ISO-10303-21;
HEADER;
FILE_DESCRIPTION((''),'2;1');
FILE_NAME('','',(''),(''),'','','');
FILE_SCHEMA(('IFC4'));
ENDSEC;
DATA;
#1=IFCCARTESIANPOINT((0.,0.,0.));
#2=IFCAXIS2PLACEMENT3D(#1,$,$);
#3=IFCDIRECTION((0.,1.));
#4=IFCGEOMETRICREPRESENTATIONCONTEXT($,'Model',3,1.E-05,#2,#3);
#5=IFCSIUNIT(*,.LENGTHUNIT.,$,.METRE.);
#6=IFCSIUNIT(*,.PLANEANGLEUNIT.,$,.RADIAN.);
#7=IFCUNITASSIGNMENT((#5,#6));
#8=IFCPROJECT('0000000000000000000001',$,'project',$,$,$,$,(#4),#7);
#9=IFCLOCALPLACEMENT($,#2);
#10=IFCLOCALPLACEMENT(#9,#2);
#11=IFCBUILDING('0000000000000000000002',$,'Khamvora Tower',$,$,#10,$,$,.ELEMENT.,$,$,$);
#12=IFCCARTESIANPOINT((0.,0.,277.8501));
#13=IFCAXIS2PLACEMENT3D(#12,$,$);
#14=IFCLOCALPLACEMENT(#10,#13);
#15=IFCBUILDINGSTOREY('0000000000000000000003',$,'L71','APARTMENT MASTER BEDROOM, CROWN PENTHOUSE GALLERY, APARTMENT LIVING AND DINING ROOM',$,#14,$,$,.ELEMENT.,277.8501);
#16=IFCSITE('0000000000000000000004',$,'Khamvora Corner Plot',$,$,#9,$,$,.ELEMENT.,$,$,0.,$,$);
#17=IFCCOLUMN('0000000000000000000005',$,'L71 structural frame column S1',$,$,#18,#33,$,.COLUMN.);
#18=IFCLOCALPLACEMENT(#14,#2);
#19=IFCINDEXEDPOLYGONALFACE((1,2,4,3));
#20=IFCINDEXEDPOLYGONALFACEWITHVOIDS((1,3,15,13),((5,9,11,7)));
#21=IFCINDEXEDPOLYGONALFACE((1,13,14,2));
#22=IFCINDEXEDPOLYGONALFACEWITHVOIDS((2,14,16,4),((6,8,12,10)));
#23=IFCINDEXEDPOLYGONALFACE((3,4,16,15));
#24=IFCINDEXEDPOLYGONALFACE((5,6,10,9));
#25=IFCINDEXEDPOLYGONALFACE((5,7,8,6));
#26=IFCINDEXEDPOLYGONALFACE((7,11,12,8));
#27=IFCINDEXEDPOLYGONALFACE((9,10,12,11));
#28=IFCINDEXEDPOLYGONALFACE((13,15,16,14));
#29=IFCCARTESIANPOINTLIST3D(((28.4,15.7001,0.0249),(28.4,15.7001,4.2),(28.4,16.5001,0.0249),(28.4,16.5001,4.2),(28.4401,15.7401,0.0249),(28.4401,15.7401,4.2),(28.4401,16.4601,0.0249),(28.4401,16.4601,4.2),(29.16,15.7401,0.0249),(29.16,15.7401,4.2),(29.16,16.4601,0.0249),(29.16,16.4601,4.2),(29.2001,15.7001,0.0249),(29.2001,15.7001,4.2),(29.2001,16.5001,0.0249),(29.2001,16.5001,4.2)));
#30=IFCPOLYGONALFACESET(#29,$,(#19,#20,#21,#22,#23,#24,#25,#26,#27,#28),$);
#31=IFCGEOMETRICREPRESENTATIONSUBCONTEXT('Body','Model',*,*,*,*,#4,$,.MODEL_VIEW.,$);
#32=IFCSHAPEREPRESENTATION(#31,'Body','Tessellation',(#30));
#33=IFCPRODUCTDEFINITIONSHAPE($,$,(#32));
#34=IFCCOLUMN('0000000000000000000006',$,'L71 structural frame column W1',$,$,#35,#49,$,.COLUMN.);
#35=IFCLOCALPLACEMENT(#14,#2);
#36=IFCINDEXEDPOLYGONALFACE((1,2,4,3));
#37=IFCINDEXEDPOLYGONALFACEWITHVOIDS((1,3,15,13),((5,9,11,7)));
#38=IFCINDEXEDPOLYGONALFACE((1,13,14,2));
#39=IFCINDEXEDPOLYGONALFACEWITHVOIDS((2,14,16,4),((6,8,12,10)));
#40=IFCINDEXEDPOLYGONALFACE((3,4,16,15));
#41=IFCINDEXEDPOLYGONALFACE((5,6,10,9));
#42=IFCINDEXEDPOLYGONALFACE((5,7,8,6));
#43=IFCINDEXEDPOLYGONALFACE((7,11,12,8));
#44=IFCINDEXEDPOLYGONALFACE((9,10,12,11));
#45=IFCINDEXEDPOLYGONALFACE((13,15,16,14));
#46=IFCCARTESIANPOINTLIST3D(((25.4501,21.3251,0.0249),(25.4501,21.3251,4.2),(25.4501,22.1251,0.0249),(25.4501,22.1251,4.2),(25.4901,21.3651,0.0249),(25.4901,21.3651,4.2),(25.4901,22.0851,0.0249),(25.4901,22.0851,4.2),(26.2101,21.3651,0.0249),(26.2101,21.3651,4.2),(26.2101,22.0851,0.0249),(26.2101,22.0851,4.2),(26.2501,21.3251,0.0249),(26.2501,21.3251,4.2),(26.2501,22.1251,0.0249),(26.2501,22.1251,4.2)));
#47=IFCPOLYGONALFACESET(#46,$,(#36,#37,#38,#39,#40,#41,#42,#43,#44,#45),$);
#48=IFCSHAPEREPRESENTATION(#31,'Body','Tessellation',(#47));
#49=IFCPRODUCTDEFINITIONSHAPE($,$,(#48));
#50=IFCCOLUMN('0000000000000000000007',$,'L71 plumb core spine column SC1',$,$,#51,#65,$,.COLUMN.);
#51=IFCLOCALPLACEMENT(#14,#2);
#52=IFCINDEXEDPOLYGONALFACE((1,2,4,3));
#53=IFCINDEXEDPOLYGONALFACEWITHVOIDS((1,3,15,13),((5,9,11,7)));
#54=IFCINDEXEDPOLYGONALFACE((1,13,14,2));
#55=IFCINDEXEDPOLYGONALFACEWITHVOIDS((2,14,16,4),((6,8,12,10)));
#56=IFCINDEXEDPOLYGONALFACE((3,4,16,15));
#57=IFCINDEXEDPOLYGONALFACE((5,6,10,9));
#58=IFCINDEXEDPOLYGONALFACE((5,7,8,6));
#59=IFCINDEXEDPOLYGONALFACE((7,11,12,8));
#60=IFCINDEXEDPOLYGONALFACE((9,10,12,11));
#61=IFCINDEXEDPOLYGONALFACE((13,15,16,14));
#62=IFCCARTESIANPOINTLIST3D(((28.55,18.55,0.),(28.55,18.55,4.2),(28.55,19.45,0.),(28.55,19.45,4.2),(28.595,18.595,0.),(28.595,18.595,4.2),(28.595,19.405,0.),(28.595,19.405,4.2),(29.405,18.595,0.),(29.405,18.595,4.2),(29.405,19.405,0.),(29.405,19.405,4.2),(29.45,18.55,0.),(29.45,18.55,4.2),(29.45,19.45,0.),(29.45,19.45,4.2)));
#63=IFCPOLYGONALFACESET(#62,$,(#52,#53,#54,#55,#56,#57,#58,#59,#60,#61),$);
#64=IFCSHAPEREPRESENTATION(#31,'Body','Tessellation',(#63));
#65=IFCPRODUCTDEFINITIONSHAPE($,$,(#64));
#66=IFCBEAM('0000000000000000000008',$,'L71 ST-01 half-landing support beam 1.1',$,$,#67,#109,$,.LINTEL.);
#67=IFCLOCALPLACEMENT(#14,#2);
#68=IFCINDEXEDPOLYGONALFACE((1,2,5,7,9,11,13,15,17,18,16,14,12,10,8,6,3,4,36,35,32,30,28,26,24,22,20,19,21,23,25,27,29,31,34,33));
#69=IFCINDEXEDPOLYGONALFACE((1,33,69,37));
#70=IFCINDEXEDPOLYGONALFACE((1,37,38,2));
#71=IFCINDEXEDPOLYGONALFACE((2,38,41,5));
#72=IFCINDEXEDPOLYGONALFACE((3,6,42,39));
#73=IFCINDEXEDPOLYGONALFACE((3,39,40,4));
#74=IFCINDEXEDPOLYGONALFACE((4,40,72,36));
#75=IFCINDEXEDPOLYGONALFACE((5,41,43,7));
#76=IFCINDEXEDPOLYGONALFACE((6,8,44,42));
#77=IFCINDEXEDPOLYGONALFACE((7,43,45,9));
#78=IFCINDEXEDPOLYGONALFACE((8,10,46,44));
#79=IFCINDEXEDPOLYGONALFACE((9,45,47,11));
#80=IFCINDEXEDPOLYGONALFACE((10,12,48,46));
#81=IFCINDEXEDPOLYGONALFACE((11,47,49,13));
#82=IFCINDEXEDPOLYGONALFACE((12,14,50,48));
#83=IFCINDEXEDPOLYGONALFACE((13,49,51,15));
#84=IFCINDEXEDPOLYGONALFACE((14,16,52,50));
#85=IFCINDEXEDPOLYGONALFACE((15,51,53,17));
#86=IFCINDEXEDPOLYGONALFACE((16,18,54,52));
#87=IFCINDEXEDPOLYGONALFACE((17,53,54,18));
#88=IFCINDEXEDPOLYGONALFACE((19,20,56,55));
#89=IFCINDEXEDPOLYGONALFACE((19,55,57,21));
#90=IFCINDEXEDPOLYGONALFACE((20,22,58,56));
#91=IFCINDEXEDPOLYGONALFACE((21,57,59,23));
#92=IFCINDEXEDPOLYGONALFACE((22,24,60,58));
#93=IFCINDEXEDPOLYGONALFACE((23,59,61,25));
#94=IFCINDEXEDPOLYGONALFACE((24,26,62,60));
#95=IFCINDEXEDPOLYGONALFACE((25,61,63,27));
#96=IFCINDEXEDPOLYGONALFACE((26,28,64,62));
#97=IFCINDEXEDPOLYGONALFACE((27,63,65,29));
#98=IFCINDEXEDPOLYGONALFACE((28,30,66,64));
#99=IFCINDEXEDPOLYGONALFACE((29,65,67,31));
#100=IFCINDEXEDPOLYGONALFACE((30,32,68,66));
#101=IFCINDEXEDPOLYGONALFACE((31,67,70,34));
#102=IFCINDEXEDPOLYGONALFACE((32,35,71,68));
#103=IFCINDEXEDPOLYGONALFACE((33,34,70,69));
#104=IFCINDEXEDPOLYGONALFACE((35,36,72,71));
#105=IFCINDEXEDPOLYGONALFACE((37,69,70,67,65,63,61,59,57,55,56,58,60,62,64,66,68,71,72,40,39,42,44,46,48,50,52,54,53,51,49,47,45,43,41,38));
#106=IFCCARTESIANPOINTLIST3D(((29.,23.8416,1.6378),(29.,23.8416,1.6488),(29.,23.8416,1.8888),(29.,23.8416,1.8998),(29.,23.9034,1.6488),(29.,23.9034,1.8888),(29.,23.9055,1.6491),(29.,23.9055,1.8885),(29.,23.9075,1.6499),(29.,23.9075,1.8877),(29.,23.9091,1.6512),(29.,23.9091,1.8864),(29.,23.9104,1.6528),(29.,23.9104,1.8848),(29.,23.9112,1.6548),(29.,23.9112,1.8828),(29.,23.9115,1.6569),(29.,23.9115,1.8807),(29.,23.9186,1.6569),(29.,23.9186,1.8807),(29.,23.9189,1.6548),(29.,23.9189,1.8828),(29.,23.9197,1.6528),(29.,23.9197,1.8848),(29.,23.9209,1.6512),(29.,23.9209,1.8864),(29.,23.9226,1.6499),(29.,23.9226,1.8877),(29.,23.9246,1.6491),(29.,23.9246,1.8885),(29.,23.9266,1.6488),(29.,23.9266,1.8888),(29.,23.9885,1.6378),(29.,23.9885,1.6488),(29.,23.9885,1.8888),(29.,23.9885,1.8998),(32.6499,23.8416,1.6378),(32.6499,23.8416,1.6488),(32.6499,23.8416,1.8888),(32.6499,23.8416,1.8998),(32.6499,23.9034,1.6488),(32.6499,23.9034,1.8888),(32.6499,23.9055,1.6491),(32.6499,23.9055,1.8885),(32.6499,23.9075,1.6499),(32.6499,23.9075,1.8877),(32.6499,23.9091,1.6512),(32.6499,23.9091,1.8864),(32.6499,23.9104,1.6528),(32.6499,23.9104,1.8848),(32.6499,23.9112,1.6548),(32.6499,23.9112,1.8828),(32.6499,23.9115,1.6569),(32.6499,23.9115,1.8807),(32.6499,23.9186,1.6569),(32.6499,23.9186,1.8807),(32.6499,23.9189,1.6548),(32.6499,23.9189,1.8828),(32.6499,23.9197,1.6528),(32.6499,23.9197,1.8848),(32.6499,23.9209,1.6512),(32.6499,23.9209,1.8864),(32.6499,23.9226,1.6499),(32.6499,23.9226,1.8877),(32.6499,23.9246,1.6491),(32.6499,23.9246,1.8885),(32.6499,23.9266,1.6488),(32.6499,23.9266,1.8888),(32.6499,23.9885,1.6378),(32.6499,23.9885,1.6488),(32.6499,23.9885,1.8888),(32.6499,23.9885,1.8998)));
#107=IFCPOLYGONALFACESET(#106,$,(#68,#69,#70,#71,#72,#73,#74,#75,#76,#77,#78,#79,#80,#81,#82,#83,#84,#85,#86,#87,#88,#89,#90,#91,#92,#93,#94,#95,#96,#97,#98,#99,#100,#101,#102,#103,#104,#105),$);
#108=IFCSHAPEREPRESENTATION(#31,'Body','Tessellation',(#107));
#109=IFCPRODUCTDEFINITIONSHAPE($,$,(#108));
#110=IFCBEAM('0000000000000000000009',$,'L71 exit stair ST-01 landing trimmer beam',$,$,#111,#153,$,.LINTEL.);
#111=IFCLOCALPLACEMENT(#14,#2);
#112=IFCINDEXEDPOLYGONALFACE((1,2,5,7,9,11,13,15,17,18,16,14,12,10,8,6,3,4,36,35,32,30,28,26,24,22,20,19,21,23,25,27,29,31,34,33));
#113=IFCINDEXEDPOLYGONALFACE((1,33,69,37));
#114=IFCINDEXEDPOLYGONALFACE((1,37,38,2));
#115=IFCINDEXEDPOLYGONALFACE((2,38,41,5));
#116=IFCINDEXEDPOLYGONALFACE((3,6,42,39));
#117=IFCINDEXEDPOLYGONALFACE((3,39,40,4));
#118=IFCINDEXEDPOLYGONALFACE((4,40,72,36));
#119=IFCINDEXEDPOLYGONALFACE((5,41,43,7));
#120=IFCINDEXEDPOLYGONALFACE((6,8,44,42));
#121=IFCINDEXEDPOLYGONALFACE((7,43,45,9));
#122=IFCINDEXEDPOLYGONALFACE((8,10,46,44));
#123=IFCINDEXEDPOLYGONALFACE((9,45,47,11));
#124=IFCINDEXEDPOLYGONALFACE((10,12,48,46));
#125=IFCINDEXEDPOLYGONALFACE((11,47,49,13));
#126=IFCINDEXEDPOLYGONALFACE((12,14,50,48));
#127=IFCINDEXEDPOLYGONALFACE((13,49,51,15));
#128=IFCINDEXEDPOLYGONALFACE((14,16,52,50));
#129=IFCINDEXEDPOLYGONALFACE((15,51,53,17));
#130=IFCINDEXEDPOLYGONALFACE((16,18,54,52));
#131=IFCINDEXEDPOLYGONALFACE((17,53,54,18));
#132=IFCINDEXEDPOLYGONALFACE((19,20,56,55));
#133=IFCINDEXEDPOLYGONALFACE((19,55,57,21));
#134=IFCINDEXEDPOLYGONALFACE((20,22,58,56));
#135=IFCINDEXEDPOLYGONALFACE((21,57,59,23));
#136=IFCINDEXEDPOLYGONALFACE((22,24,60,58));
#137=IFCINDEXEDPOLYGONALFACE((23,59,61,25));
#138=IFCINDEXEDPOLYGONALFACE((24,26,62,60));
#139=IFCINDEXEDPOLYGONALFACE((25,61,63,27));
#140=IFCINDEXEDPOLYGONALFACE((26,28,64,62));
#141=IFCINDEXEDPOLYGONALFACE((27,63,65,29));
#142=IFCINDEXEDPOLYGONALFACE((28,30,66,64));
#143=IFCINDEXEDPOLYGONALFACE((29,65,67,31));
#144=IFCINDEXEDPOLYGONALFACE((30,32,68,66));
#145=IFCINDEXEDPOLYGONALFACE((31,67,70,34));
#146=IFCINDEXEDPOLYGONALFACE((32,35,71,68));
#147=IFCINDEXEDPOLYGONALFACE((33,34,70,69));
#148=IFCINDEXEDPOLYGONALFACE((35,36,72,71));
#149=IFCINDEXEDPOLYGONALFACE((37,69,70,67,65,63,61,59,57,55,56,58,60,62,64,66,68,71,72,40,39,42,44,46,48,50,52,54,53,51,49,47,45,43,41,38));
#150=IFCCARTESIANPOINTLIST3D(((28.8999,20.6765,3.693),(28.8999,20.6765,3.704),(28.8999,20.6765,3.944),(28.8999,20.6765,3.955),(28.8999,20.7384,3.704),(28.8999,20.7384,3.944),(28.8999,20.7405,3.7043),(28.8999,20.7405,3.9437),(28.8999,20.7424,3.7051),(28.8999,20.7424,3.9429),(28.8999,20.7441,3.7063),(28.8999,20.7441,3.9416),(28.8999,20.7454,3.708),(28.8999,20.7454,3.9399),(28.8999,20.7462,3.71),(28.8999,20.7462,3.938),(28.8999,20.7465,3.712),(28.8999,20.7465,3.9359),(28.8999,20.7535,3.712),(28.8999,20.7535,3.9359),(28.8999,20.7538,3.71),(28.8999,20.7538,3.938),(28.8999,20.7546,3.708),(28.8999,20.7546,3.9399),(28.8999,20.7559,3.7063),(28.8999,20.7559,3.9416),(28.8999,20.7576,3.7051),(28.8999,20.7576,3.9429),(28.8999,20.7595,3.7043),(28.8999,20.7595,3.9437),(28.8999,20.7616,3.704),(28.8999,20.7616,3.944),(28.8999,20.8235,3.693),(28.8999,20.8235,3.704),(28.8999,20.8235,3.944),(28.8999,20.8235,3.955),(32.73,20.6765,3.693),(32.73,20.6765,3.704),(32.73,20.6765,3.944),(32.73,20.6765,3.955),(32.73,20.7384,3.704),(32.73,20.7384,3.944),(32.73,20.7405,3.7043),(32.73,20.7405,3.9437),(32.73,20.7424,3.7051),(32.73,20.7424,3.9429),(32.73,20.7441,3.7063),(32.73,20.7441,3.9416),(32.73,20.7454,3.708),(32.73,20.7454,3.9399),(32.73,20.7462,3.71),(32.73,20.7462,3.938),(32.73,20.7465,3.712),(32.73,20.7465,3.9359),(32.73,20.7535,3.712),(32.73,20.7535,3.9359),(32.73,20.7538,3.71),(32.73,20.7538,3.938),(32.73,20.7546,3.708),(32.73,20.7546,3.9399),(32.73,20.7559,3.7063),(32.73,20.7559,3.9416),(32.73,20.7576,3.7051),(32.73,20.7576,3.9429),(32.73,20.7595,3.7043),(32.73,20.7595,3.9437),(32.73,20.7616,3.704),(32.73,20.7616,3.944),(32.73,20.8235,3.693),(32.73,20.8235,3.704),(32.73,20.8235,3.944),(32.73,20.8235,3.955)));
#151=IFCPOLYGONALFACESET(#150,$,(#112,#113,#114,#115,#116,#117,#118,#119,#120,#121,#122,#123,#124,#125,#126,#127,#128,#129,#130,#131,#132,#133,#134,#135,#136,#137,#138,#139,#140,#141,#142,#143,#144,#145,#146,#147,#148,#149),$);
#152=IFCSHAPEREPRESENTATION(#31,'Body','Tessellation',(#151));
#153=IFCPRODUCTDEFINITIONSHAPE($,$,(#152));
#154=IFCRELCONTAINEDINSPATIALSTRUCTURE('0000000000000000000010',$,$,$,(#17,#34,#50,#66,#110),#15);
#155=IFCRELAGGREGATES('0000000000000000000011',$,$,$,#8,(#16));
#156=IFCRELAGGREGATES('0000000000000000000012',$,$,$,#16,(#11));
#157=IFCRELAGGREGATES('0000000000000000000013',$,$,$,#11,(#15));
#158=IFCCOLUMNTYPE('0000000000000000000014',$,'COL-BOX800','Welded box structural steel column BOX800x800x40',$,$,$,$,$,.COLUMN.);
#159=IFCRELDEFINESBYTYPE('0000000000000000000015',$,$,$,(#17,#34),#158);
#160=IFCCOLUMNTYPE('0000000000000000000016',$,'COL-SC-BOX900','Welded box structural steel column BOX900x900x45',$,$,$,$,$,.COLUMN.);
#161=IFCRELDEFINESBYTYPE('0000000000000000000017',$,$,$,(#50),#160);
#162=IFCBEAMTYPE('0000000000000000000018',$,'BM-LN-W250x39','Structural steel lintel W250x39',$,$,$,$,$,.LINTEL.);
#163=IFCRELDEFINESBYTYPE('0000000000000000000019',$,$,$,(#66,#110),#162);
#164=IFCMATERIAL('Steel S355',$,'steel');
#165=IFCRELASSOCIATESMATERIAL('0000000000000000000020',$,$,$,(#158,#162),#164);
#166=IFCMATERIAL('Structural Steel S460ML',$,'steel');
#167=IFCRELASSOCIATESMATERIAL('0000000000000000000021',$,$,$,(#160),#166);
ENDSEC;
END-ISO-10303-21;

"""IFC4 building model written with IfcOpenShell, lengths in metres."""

from ifc_helpers import new_model, si_unit, direction, frame, origin, origin_2d, place, context, subcontext, project, spatial, hollow_rectangle, i_section, extrude, material, material_profile, profile_set, type_object, element, save


model = new_model("IFC4")

# Units and contexts
model_context = context("Model", 3, precision=1e-05, world=origin(), true_north=direction((0.0, 1.0)))
body_context = subcontext(model_context, "Body", "Model", "MODEL_VIEW")
ifc_project = project(units=[si_unit("LENGTHUNIT", "METRE"), si_unit("PLANEANGLEUNIT", "RADIAN")], contexts=[model_context])

# Site, building, storey
site_placement = place(None, origin())
site = spatial("IfcSite", under=ifc_project, at=site_placement, Name="Khamvora Corner Plot", CompositionType="ELEMENT", RefElevation=0.0)
building_placement = place(site_placement, origin())
building = spatial("IfcBuilding", under=site, at=building_placement, Name="Khamvora Tower", CompositionType="ELEMENT")
storey_placement = place(building_placement, frame((0.0, 0.0, 277.8501)))
storey = spatial("IfcBuildingStorey", under=building, at=storey_placement, Name="L71", Description="APARTMENT MASTER BEDROOM, CROWN PENTHOUSE GALLERY, APARTMENT LIVING AND DINING ROOM", CompositionType="ELEMENT", Elevation=277.8501)

# Columns
ifc_material_1 = material(Name="Steel S355", Category="steel")
ifc_material_profile_1 = material_profile(ifc_material_1, hollow_rectangle(XDim=0.8, YDim=0.8, WallThickness=0.04, at=origin_2d()), Name="BOX800x800x40")
ifc_profile_set_1 = profile_set([ifc_material_profile_1], Name="Steel S355")
column_type_1 = type_object("IfcColumnType", Name="COL-BOX800", Description="Welded box structural steel column BOX800x800x40", PredefinedType="COLUMN", material=ifc_profile_set_1)
for number, where, z_axis, x_axis, name in (
    (1, (28.8, 16.1001, 0.0249), (0.0, 0.0, 1.0), (1.0, 0.0, 0.0), "L71 structural frame column S1"),
    (2, (25.8501, 21.7251, 0.0249), (0.0, 0.0, 1.0), (1.0, 0.0, 0.0), "L71 structural frame column W1"),
):
    element("IfcColumn", number, at=place(storey_placement, frame(where, z_axis=z_axis, x_axis=x_axis)), inside=storey, type_object=column_type_1, Name=name, PredefinedType="COLUMN", context=body_context, shape_type="SweptSolid", body=[
        extrude(hollow_rectangle(XDim=0.8, YDim=0.8, WallThickness=0.04, at=origin_2d()), origin(), (0.0, 0.0, 1.0), 4.175),
    ])
ifc_material_2 = material(Name="Structural Steel S460ML", Category="steel")
ifc_material_profile_2 = material_profile(ifc_material_2, hollow_rectangle(XDim=0.8999, YDim=0.8999, WallThickness=0.0449, at=origin_2d()), Name="BOX900x900x45")
ifc_profile_set_2 = profile_set([ifc_material_profile_2], Name="Structural Steel S460ML")
column_type_2 = type_object("IfcColumnType", Name="COL-SC-BOX900", Description="Welded box structural steel column BOX900x900x45", PredefinedType="COLUMN", material=ifc_profile_set_2)
column_placement = place(storey_placement, frame((29.0, 19.0, 0.0), z_axis=(0.0, 0.0, 1.0), x_axis=(1.0, 0.0, 0.0)))
element("IfcColumn", 3, at=column_placement, inside=storey, type_object=column_type_2, Name="L71 plumb core spine column SC1", PredefinedType="COLUMN", context=body_context, shape_type="SweptSolid", body=[
    extrude(hollow_rectangle(XDim=0.8999, YDim=0.8999, WallThickness=0.0449, at=origin_2d()), origin(), (0.0, 0.0, 1.0), 4.2),
])

# Beams
ifc_material_profile_3 = material_profile(ifc_material_1, i_section(OverallWidth=0.147, OverallDepth=0.262, WebThickness=0.0071, FlangeThickness=0.011, FilletRadius=0.0081, at=origin_2d()), Name="W250x39")
ifc_profile_set_3 = profile_set([ifc_material_profile_3], Name="Steel S355")
beam_type_1 = type_object("IfcBeamType", Name="BM-LN-W250x39", Description="Structural steel lintel W250x39", PredefinedType="LINTEL", material=ifc_profile_set_3)
beam_1_placement = place(storey_placement, frame((29.0, 23.915, 1.7688), z_axis=(1.0, 0.0, 0.0), x_axis=(0.0, 1.0, 0.0)))
element("IfcBeam", 4, at=beam_1_placement, inside=storey, type_object=beam_type_1, Name="L71 ST-01 half-landing support beam 1.1", PredefinedType="LINTEL", context=body_context, shape_type="SweptSolid", body=[
    extrude(i_section(OverallWidth=0.147, OverallDepth=0.262, WebThickness=0.0071, FlangeThickness=0.011, FilletRadius=0.0081, at=origin_2d()), origin(), (0.0, 0.0, 1.0), 3.6499),
])
beam_2_placement = place(storey_placement, frame((28.8999, 20.75, 3.824), z_axis=(1.0, 0.0, 0.0), x_axis=(0.0, 1.0, 0.0)))
element("IfcBeam", 5, at=beam_2_placement, inside=storey, type_object=beam_type_1, Name="L71 exit stair ST-01 landing trimmer beam", PredefinedType="LINTEL", context=body_context, shape_type="SweptSolid", body=[
    extrude(i_section(OverallWidth=0.147, OverallDepth=0.262, WebThickness=0.0071, FlangeThickness=0.011, FilletRadius=0.0081, at=origin_2d()), origin(), (0.0, 0.0, 1.0), 3.8301),
])

save(model, "model.ifc")
